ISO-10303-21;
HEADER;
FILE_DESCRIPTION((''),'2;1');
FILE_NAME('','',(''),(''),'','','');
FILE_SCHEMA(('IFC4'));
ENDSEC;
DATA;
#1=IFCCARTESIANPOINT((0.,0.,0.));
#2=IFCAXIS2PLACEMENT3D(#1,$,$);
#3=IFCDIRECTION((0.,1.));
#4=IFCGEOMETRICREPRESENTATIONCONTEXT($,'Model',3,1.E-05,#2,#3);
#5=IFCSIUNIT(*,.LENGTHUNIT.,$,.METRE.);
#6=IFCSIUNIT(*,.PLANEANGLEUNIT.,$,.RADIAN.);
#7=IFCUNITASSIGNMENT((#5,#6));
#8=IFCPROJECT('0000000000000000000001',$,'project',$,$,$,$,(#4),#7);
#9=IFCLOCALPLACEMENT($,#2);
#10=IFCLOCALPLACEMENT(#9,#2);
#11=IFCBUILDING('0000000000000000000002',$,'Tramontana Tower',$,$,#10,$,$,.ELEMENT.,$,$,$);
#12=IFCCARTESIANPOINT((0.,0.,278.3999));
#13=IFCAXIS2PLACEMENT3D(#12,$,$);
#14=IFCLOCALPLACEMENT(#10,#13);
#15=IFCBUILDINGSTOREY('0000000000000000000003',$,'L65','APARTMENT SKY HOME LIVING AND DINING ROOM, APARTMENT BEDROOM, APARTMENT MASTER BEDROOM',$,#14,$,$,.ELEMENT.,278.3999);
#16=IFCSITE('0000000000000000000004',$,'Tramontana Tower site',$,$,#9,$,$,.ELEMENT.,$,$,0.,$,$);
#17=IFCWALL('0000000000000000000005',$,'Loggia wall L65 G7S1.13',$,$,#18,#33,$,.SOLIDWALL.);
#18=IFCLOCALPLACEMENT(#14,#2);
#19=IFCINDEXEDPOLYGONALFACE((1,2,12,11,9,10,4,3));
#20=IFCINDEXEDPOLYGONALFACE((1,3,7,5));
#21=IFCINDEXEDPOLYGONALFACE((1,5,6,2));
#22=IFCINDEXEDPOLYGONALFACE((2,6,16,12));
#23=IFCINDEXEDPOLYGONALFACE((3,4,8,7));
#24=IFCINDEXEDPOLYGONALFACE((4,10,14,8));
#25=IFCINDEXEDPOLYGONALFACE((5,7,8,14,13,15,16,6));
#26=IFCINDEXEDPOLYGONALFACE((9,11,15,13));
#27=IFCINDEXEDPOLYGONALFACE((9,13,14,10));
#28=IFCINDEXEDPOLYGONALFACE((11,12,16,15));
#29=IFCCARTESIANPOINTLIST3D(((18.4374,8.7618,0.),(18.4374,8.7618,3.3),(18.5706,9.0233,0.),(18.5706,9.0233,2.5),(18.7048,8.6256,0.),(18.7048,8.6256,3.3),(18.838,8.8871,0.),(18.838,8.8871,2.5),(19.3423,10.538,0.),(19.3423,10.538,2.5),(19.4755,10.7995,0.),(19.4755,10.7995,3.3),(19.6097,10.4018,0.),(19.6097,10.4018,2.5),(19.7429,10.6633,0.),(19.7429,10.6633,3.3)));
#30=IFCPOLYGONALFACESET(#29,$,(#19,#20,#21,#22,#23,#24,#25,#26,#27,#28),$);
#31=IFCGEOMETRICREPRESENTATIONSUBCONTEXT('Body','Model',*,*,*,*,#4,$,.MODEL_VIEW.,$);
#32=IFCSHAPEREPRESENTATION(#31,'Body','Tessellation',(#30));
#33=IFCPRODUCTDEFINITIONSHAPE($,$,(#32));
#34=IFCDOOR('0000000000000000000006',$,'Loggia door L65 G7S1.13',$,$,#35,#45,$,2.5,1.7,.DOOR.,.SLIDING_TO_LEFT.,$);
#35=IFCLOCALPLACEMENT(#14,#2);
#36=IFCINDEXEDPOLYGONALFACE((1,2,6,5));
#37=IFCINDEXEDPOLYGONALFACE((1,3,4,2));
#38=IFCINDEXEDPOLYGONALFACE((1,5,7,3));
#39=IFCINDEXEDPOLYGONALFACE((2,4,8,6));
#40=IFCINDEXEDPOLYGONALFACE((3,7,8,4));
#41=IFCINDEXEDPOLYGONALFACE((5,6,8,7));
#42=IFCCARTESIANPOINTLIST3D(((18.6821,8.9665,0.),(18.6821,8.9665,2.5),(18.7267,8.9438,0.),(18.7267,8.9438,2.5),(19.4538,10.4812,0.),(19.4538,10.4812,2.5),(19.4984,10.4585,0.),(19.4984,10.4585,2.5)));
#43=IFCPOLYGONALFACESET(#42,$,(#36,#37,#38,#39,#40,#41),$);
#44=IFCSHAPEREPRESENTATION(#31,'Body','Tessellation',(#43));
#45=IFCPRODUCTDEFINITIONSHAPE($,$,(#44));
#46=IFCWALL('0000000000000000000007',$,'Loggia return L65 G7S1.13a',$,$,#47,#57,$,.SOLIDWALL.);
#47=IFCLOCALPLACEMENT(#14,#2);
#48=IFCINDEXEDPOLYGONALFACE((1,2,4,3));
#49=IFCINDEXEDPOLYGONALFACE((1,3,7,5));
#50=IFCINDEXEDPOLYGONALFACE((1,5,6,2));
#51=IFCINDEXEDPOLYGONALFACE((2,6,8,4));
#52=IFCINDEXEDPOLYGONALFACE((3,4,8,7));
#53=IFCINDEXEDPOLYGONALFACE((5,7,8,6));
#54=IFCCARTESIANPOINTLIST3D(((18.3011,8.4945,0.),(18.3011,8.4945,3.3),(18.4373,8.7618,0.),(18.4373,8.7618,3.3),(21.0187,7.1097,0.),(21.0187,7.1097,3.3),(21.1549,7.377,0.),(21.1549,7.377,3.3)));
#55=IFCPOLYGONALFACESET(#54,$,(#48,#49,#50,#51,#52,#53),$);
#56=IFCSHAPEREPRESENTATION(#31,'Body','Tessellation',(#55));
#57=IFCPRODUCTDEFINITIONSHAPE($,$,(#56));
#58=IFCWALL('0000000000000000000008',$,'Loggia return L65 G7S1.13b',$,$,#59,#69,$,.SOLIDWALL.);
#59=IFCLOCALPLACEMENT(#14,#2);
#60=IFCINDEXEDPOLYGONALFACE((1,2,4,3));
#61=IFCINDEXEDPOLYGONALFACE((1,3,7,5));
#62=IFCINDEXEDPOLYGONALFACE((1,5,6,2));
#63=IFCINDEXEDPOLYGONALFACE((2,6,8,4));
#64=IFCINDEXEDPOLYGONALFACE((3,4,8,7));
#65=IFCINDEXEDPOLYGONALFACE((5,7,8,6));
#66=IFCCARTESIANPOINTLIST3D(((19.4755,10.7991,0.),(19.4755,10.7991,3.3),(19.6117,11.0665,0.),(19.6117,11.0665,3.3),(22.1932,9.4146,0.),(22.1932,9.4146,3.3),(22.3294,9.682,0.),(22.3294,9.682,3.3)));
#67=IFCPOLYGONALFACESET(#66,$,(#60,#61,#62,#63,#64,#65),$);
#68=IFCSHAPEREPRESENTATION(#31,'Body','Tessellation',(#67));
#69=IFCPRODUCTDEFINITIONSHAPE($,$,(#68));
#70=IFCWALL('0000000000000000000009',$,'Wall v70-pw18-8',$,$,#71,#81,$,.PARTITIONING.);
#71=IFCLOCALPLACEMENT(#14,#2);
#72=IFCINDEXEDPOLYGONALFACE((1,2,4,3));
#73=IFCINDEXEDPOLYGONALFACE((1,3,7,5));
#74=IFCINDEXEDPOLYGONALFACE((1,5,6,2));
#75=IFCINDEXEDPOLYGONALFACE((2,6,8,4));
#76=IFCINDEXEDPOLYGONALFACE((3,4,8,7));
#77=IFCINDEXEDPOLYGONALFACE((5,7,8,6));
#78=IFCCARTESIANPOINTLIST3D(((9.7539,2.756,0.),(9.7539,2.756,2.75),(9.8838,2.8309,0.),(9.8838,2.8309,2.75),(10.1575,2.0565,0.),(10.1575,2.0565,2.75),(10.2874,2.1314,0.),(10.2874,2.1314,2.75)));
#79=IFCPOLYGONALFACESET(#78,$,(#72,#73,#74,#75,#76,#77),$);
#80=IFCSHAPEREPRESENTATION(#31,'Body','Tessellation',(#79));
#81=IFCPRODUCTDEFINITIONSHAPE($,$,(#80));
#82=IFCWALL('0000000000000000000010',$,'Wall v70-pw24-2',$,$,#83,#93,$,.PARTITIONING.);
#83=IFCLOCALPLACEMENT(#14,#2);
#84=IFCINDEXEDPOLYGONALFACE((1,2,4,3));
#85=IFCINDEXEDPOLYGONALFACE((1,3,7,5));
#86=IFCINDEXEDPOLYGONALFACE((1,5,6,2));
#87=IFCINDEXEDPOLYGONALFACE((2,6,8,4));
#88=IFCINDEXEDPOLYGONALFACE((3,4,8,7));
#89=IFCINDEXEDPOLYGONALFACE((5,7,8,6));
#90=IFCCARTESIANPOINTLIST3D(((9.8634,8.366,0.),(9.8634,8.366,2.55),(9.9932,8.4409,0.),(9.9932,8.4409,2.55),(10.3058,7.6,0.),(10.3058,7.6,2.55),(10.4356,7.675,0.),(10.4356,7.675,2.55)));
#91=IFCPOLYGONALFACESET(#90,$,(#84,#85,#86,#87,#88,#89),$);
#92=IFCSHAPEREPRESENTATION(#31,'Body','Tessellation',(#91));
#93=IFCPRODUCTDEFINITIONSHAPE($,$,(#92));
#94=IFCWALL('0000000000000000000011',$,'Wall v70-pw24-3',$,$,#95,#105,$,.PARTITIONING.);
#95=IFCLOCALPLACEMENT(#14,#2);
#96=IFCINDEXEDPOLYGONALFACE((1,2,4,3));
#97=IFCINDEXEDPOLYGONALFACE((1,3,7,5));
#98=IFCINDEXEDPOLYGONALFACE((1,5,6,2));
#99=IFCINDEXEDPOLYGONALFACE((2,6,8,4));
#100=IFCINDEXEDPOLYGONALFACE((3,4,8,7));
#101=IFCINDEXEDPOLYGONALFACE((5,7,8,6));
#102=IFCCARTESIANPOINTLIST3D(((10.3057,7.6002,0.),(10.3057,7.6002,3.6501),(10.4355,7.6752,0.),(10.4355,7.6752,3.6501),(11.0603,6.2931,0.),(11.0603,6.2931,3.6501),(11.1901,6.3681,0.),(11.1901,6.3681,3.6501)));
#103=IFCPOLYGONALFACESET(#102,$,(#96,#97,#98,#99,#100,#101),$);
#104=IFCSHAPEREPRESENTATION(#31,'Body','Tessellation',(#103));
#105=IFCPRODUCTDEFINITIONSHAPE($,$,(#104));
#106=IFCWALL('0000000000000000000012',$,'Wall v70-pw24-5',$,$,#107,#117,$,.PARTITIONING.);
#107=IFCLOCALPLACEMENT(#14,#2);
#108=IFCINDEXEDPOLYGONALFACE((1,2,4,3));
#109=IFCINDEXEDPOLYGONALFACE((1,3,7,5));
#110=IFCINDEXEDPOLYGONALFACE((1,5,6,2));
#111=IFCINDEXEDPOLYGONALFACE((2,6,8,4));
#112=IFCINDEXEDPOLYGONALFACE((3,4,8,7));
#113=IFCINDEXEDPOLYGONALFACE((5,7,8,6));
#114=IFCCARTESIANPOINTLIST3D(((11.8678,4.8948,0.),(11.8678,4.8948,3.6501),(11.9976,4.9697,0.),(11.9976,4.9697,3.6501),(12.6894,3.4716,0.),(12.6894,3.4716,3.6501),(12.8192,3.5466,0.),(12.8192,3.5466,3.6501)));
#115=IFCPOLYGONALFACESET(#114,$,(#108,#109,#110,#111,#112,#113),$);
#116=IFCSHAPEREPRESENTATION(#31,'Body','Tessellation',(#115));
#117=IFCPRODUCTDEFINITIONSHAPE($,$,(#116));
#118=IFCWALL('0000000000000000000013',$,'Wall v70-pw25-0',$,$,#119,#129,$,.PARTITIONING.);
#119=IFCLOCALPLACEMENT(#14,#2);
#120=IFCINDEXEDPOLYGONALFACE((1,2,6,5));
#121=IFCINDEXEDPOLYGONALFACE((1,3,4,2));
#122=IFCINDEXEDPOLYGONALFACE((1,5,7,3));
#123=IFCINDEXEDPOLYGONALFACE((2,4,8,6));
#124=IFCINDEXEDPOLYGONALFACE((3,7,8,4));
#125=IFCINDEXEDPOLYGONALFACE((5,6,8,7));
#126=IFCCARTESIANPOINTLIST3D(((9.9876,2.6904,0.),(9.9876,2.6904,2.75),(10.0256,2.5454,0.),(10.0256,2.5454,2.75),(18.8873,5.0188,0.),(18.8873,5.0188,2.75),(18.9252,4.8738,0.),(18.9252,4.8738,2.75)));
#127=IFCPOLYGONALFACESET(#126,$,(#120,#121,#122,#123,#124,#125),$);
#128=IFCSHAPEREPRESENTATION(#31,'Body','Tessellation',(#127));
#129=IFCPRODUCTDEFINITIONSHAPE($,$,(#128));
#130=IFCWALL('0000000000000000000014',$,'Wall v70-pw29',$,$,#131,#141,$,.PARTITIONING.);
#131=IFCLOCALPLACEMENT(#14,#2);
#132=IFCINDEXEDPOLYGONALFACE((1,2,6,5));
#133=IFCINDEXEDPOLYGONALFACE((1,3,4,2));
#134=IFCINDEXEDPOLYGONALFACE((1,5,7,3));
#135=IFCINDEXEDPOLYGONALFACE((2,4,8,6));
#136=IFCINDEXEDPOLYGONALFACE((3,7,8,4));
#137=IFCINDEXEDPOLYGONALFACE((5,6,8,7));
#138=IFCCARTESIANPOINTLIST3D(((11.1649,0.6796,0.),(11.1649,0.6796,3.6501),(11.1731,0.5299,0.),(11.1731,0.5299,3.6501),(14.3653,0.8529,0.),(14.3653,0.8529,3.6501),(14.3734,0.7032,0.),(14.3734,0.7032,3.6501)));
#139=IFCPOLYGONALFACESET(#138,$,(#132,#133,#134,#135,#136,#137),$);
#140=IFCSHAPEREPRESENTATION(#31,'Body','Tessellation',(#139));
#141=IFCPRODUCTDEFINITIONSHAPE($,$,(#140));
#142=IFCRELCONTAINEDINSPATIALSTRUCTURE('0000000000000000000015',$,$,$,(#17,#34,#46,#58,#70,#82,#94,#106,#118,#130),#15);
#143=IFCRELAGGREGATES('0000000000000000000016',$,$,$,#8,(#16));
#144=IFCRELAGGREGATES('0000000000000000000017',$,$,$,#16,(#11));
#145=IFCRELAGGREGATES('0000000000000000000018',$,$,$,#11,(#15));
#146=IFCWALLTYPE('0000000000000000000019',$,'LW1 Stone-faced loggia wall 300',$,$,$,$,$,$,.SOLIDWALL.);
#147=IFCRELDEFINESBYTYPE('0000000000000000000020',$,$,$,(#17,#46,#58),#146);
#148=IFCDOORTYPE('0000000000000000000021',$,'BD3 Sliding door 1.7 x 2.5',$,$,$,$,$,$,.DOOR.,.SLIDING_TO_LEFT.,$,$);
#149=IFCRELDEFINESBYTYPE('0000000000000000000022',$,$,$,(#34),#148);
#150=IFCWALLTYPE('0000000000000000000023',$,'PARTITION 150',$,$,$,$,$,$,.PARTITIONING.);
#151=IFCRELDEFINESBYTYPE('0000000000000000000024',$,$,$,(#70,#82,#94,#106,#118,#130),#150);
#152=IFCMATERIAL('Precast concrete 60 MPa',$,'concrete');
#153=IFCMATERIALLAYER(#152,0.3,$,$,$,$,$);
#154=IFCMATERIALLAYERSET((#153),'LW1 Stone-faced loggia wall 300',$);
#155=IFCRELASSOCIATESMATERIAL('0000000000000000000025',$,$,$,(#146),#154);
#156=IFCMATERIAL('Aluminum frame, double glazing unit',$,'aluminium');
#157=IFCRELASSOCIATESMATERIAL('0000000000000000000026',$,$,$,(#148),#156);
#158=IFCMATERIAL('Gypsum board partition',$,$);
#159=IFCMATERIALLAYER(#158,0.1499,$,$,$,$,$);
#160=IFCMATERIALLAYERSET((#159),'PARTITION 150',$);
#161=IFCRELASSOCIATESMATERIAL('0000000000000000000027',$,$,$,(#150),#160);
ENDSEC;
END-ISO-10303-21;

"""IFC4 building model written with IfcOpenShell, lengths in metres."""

from ifc_helpers import new_model, si_unit, direction, frame, frame_2d, origin, place, context, subcontext, project, spatial, rectangle, extrude, material, layer, layer_set, type_object, element, fill, save


model = new_model("IFC4")

# Units and contexts
model_context = context("Model", 3, precision=1e-05, world=origin(), true_north=direction((0.0, 1.0)))
body_context = subcontext(model_context, "Body", "Model", "MODEL_VIEW")
ifc_project = project(units=[si_unit("LENGTHUNIT", "METRE"), si_unit("PLANEANGLEUNIT", "RADIAN")], contexts=[model_context])

# Site, building, storey
site_placement = place(None, origin())
site = spatial("IfcSite", under=ifc_project, at=site_placement, Name="Tramontana Tower site", CompositionType="ELEMENT", RefElevation=0.0)
building_placement = place(site_placement, origin())
building = spatial("IfcBuilding", under=site, at=building_placement, Name="Tramontana Tower", CompositionType="ELEMENT")
storey_placement = place(building_placement, frame((0.0, 0.0, 278.3999)))
storey = spatial("IfcBuildingStorey", under=building, at=storey_placement, Name="L65", Description="APARTMENT SKY HOME LIVING AND DINING ROOM, APARTMENT BEDROOM, APARTMENT MASTER BEDROOM", CompositionType="ELEMENT", Elevation=278.3999)

# Shared definitions
ifc_material_1 = material(Name="Precast concrete 60 MPa", Category="concrete")
ifc_layer_1 = layer(ifc_material_1, 0.3)
ifc_layer_set_1 = layer_set([ifc_layer_1], Name="LW1 Stone-faced loggia wall 300")
wall_type_1 = type_object("IfcWallType", Name="LW1 Stone-faced loggia wall 300", PredefinedType="SOLIDWALL", material=ifc_layer_set_1)
ifc_material_2 = material(Name="Aluminum frame, double glazing unit", Category="aluminium")
door_type_1 = type_object("IfcDoorType", Name="BD3 Sliding door 1.7 x 2.5", OperationType="SLIDING_TO_LEFT", PredefinedType="DOOR", material=ifc_material_2)

# Wall, opening, door
wall_1_placement = place(storey_placement, frame((18.571, 8.6936, 0.0), z_axis=(0.0, 0.0, 1.0), x_axis=(0.453948, 0.891028, 0.0)))
wall_1 = element("IfcWall", 1, at=wall_1_placement, inside=storey, type_object=wall_type_1, Name="Loggia wall L65 G7S1.13", PredefinedType="SOLIDWALL", context=body_context, shape_type="SweptSolid", body=[
    extrude(rectangle(XDim=2.2869, YDim=0.3, at=frame_2d((1.1436, 0.0))), origin(), (0.0, 0.0, 1.0), 3.3),
])
opening_1_placement = place(wall_1_placement, frame((0.2935, 0.0, 0.0)))
opening_1 = element("IfcOpeningElement", 2, at=opening_1_placement, cuts=wall_1, PredefinedType="OPENING", context=body_context, shape_type="SweptSolid", body=[
    extrude(rectangle(XDim=1.7, YDim=2.5, at=frame_2d((0.8501, 1.25))), frame((0.0, 0.1599, 0.0), z_axis=(0.0, -1.0, 0.0), x_axis=(1.0, 0.0, 0.0)), (0.0, 0.0, 1.0), 0.3201),
])
door_1_placement = place(opening_1_placement, origin())
door_1 = element("IfcDoor", 3, at=door_1_placement, inside=storey, type_object=door_type_1, Name="Loggia door L65 G7S1.13", OperationType="SLIDING_TO_LEFT", OverallHeight=2.5, OverallWidth=1.7, PredefinedType="DOOR", context=body_context, shape_type="SweptSolid", body=[
    extrude(rectangle(XDim=1.7, YDim=2.5, at=frame_2d((0.8501, 1.25))), frame((0.0, 0.0249, 0.0), z_axis=(0.0, -1.0, 0.0), x_axis=(1.0, 0.0, 0.0)), (0.0, 0.0, 1.0), 0.05),
])
fill(opening_1, door_1)

# Walls
for number, where, z_axis, x_axis, name in (
    (4, (21.0867, 7.2434, 0.0), (0.0, 0.0, 1.0), (-0.890991, 0.454021, 0.0), "Loggia return L65 G7S1.13a"),
    (5, (22.2612, 9.5483, 0.0), (0.0, 0.0, 1.0), (-0.89104, 0.453925, 0.0), "Loggia return L65 G7S1.13b"),
):
    element("IfcWall", number, at=place(storey_placement, frame(where, z_axis=z_axis, x_axis=x_axis)), inside=storey, type_object=wall_type_1, Name=name, PredefinedType="SOLIDWALL", context=body_context, shape_type="SweptSolid", body=[
        extrude(rectangle(XDim=3.05, YDim=0.3, at=frame_2d((1.5249, 0.0))), origin(), (0.0, 0.0, 1.0), 3.3),
    ])
ifc_material_3 = material(Name="Gypsum board partition")
ifc_layer_2 = layer(ifc_material_3, 0.1499)
ifc_layer_set_2 = layer_set([ifc_layer_2], Name="PARTITION 150")
wall_type_2 = type_object("IfcWallType", Name="PARTITION 150", PredefinedType="PARTITIONING", material=ifc_layer_set_2)
wall_2_placement = place(storey_placement, frame((9.8188, 2.7935, 0.0), z_axis=(0.0, 0.0, 1.0), x_axis=(0.499749, -0.86617, 0.0)))
element("IfcWall", 6, at=wall_2_placement, inside=storey, type_object=wall_type_2, Name="Wall v70-pw18-8", PredefinedType="PARTITIONING", context=body_context, shape_type="SweptSolid", body=[
    extrude(rectangle(XDim=0.8076, YDim=0.1499, at=frame_2d((0.4038, 0.0))), origin(), (0.0, 0.0, 1.0), 2.75),
])

# Walls
wall_3_placement = place(storey_placement, frame((9.9282, 8.4036, 0.0), z_axis=(0.0, 0.0, 1.0), x_axis=(0.500176, -0.865924, 0.0)))
element("IfcWall", 7, at=wall_3_placement, inside=storey, type_object=wall_type_2, Name="Wall v70-pw24-2", PredefinedType="PARTITIONING", context=body_context, shape_type="SweptSolid", body=[
    extrude(rectangle(XDim=0.8845, YDim=0.1499, at=frame_2d((0.4424, 0.0))), origin(), (0.0, 0.0, 1.0), 2.55),
])
wall_4_placement = place(storey_placement, frame((10.3706, 7.6377, 0.0), z_axis=(0.0, 0.0, 1.0), x_axis=(0.499984, -0.866035, 0.0)))
element("IfcWall", 8, at=wall_4_placement, inside=storey, type_object=wall_type_2, Name="Wall v70-pw24-3", PredefinedType="PARTITIONING", context=body_context, shape_type="SweptSolid", body=[
    extrude(rectangle(XDim=1.5093, YDim=0.1499, at=frame_2d((0.7546, 0.0))), origin(), (0.0, 0.0, 1.0), 3.6501),
])

# Walls
wall_5_placement = place(storey_placement, frame((11.9326, 4.9324, 0.0), z_axis=(0.0, 0.0, 1.0), x_axis=(0.499958, -0.86605, 0.0)))
element("IfcWall", 9, at=wall_5_placement, inside=storey, type_object=wall_type_2, Name="Wall v70-pw24-5", PredefinedType="PARTITIONING", context=body_context, shape_type="SweptSolid", body=[
    extrude(rectangle(XDim=1.6433, YDim=0.1499, at=frame_2d((0.8218, 0.0))), origin(), (0.0, 0.0, 1.0), 3.6501),
])
wall_6_placement = place(storey_placement, frame((10.0066, 2.6179, 0.0), z_axis=(0.0, 0.0, 1.0), x_axis=(0.967439, 0.253106, 0.0)))
element("IfcWall", 10, at=wall_6_placement, inside=storey, type_object=wall_type_2, Name="Wall v70-pw25-0", PredefinedType="PARTITIONING", context=body_context, shape_type="SweptSolid", body=[
    extrude(rectangle(XDim=9.1992, YDim=0.1499, at=frame_2d((4.5996, 0.0))), origin(), (0.0, 0.0, 1.0), 2.75),
])
wall_7_placement = place(storey_placement, frame((14.3694, 0.7781, 0.0), z_axis=(0.0, 0.0, 1.0), x_axis=(-0.998536, -0.054082, 0.0)))
element("IfcWall", 11, at=wall_7_placement, inside=storey, type_object=wall_type_2, Name="Wall v70-pw29", PredefinedType="PARTITIONING", context=body_context, shape_type="SweptSolid", body=[
    extrude(rectangle(XDim=3.2051, YDim=0.1499, at=frame_2d((1.6025, 0.0))), origin(), (0.0, 0.0, 1.0), 3.6501),
])

save(model, "model.ifc")
